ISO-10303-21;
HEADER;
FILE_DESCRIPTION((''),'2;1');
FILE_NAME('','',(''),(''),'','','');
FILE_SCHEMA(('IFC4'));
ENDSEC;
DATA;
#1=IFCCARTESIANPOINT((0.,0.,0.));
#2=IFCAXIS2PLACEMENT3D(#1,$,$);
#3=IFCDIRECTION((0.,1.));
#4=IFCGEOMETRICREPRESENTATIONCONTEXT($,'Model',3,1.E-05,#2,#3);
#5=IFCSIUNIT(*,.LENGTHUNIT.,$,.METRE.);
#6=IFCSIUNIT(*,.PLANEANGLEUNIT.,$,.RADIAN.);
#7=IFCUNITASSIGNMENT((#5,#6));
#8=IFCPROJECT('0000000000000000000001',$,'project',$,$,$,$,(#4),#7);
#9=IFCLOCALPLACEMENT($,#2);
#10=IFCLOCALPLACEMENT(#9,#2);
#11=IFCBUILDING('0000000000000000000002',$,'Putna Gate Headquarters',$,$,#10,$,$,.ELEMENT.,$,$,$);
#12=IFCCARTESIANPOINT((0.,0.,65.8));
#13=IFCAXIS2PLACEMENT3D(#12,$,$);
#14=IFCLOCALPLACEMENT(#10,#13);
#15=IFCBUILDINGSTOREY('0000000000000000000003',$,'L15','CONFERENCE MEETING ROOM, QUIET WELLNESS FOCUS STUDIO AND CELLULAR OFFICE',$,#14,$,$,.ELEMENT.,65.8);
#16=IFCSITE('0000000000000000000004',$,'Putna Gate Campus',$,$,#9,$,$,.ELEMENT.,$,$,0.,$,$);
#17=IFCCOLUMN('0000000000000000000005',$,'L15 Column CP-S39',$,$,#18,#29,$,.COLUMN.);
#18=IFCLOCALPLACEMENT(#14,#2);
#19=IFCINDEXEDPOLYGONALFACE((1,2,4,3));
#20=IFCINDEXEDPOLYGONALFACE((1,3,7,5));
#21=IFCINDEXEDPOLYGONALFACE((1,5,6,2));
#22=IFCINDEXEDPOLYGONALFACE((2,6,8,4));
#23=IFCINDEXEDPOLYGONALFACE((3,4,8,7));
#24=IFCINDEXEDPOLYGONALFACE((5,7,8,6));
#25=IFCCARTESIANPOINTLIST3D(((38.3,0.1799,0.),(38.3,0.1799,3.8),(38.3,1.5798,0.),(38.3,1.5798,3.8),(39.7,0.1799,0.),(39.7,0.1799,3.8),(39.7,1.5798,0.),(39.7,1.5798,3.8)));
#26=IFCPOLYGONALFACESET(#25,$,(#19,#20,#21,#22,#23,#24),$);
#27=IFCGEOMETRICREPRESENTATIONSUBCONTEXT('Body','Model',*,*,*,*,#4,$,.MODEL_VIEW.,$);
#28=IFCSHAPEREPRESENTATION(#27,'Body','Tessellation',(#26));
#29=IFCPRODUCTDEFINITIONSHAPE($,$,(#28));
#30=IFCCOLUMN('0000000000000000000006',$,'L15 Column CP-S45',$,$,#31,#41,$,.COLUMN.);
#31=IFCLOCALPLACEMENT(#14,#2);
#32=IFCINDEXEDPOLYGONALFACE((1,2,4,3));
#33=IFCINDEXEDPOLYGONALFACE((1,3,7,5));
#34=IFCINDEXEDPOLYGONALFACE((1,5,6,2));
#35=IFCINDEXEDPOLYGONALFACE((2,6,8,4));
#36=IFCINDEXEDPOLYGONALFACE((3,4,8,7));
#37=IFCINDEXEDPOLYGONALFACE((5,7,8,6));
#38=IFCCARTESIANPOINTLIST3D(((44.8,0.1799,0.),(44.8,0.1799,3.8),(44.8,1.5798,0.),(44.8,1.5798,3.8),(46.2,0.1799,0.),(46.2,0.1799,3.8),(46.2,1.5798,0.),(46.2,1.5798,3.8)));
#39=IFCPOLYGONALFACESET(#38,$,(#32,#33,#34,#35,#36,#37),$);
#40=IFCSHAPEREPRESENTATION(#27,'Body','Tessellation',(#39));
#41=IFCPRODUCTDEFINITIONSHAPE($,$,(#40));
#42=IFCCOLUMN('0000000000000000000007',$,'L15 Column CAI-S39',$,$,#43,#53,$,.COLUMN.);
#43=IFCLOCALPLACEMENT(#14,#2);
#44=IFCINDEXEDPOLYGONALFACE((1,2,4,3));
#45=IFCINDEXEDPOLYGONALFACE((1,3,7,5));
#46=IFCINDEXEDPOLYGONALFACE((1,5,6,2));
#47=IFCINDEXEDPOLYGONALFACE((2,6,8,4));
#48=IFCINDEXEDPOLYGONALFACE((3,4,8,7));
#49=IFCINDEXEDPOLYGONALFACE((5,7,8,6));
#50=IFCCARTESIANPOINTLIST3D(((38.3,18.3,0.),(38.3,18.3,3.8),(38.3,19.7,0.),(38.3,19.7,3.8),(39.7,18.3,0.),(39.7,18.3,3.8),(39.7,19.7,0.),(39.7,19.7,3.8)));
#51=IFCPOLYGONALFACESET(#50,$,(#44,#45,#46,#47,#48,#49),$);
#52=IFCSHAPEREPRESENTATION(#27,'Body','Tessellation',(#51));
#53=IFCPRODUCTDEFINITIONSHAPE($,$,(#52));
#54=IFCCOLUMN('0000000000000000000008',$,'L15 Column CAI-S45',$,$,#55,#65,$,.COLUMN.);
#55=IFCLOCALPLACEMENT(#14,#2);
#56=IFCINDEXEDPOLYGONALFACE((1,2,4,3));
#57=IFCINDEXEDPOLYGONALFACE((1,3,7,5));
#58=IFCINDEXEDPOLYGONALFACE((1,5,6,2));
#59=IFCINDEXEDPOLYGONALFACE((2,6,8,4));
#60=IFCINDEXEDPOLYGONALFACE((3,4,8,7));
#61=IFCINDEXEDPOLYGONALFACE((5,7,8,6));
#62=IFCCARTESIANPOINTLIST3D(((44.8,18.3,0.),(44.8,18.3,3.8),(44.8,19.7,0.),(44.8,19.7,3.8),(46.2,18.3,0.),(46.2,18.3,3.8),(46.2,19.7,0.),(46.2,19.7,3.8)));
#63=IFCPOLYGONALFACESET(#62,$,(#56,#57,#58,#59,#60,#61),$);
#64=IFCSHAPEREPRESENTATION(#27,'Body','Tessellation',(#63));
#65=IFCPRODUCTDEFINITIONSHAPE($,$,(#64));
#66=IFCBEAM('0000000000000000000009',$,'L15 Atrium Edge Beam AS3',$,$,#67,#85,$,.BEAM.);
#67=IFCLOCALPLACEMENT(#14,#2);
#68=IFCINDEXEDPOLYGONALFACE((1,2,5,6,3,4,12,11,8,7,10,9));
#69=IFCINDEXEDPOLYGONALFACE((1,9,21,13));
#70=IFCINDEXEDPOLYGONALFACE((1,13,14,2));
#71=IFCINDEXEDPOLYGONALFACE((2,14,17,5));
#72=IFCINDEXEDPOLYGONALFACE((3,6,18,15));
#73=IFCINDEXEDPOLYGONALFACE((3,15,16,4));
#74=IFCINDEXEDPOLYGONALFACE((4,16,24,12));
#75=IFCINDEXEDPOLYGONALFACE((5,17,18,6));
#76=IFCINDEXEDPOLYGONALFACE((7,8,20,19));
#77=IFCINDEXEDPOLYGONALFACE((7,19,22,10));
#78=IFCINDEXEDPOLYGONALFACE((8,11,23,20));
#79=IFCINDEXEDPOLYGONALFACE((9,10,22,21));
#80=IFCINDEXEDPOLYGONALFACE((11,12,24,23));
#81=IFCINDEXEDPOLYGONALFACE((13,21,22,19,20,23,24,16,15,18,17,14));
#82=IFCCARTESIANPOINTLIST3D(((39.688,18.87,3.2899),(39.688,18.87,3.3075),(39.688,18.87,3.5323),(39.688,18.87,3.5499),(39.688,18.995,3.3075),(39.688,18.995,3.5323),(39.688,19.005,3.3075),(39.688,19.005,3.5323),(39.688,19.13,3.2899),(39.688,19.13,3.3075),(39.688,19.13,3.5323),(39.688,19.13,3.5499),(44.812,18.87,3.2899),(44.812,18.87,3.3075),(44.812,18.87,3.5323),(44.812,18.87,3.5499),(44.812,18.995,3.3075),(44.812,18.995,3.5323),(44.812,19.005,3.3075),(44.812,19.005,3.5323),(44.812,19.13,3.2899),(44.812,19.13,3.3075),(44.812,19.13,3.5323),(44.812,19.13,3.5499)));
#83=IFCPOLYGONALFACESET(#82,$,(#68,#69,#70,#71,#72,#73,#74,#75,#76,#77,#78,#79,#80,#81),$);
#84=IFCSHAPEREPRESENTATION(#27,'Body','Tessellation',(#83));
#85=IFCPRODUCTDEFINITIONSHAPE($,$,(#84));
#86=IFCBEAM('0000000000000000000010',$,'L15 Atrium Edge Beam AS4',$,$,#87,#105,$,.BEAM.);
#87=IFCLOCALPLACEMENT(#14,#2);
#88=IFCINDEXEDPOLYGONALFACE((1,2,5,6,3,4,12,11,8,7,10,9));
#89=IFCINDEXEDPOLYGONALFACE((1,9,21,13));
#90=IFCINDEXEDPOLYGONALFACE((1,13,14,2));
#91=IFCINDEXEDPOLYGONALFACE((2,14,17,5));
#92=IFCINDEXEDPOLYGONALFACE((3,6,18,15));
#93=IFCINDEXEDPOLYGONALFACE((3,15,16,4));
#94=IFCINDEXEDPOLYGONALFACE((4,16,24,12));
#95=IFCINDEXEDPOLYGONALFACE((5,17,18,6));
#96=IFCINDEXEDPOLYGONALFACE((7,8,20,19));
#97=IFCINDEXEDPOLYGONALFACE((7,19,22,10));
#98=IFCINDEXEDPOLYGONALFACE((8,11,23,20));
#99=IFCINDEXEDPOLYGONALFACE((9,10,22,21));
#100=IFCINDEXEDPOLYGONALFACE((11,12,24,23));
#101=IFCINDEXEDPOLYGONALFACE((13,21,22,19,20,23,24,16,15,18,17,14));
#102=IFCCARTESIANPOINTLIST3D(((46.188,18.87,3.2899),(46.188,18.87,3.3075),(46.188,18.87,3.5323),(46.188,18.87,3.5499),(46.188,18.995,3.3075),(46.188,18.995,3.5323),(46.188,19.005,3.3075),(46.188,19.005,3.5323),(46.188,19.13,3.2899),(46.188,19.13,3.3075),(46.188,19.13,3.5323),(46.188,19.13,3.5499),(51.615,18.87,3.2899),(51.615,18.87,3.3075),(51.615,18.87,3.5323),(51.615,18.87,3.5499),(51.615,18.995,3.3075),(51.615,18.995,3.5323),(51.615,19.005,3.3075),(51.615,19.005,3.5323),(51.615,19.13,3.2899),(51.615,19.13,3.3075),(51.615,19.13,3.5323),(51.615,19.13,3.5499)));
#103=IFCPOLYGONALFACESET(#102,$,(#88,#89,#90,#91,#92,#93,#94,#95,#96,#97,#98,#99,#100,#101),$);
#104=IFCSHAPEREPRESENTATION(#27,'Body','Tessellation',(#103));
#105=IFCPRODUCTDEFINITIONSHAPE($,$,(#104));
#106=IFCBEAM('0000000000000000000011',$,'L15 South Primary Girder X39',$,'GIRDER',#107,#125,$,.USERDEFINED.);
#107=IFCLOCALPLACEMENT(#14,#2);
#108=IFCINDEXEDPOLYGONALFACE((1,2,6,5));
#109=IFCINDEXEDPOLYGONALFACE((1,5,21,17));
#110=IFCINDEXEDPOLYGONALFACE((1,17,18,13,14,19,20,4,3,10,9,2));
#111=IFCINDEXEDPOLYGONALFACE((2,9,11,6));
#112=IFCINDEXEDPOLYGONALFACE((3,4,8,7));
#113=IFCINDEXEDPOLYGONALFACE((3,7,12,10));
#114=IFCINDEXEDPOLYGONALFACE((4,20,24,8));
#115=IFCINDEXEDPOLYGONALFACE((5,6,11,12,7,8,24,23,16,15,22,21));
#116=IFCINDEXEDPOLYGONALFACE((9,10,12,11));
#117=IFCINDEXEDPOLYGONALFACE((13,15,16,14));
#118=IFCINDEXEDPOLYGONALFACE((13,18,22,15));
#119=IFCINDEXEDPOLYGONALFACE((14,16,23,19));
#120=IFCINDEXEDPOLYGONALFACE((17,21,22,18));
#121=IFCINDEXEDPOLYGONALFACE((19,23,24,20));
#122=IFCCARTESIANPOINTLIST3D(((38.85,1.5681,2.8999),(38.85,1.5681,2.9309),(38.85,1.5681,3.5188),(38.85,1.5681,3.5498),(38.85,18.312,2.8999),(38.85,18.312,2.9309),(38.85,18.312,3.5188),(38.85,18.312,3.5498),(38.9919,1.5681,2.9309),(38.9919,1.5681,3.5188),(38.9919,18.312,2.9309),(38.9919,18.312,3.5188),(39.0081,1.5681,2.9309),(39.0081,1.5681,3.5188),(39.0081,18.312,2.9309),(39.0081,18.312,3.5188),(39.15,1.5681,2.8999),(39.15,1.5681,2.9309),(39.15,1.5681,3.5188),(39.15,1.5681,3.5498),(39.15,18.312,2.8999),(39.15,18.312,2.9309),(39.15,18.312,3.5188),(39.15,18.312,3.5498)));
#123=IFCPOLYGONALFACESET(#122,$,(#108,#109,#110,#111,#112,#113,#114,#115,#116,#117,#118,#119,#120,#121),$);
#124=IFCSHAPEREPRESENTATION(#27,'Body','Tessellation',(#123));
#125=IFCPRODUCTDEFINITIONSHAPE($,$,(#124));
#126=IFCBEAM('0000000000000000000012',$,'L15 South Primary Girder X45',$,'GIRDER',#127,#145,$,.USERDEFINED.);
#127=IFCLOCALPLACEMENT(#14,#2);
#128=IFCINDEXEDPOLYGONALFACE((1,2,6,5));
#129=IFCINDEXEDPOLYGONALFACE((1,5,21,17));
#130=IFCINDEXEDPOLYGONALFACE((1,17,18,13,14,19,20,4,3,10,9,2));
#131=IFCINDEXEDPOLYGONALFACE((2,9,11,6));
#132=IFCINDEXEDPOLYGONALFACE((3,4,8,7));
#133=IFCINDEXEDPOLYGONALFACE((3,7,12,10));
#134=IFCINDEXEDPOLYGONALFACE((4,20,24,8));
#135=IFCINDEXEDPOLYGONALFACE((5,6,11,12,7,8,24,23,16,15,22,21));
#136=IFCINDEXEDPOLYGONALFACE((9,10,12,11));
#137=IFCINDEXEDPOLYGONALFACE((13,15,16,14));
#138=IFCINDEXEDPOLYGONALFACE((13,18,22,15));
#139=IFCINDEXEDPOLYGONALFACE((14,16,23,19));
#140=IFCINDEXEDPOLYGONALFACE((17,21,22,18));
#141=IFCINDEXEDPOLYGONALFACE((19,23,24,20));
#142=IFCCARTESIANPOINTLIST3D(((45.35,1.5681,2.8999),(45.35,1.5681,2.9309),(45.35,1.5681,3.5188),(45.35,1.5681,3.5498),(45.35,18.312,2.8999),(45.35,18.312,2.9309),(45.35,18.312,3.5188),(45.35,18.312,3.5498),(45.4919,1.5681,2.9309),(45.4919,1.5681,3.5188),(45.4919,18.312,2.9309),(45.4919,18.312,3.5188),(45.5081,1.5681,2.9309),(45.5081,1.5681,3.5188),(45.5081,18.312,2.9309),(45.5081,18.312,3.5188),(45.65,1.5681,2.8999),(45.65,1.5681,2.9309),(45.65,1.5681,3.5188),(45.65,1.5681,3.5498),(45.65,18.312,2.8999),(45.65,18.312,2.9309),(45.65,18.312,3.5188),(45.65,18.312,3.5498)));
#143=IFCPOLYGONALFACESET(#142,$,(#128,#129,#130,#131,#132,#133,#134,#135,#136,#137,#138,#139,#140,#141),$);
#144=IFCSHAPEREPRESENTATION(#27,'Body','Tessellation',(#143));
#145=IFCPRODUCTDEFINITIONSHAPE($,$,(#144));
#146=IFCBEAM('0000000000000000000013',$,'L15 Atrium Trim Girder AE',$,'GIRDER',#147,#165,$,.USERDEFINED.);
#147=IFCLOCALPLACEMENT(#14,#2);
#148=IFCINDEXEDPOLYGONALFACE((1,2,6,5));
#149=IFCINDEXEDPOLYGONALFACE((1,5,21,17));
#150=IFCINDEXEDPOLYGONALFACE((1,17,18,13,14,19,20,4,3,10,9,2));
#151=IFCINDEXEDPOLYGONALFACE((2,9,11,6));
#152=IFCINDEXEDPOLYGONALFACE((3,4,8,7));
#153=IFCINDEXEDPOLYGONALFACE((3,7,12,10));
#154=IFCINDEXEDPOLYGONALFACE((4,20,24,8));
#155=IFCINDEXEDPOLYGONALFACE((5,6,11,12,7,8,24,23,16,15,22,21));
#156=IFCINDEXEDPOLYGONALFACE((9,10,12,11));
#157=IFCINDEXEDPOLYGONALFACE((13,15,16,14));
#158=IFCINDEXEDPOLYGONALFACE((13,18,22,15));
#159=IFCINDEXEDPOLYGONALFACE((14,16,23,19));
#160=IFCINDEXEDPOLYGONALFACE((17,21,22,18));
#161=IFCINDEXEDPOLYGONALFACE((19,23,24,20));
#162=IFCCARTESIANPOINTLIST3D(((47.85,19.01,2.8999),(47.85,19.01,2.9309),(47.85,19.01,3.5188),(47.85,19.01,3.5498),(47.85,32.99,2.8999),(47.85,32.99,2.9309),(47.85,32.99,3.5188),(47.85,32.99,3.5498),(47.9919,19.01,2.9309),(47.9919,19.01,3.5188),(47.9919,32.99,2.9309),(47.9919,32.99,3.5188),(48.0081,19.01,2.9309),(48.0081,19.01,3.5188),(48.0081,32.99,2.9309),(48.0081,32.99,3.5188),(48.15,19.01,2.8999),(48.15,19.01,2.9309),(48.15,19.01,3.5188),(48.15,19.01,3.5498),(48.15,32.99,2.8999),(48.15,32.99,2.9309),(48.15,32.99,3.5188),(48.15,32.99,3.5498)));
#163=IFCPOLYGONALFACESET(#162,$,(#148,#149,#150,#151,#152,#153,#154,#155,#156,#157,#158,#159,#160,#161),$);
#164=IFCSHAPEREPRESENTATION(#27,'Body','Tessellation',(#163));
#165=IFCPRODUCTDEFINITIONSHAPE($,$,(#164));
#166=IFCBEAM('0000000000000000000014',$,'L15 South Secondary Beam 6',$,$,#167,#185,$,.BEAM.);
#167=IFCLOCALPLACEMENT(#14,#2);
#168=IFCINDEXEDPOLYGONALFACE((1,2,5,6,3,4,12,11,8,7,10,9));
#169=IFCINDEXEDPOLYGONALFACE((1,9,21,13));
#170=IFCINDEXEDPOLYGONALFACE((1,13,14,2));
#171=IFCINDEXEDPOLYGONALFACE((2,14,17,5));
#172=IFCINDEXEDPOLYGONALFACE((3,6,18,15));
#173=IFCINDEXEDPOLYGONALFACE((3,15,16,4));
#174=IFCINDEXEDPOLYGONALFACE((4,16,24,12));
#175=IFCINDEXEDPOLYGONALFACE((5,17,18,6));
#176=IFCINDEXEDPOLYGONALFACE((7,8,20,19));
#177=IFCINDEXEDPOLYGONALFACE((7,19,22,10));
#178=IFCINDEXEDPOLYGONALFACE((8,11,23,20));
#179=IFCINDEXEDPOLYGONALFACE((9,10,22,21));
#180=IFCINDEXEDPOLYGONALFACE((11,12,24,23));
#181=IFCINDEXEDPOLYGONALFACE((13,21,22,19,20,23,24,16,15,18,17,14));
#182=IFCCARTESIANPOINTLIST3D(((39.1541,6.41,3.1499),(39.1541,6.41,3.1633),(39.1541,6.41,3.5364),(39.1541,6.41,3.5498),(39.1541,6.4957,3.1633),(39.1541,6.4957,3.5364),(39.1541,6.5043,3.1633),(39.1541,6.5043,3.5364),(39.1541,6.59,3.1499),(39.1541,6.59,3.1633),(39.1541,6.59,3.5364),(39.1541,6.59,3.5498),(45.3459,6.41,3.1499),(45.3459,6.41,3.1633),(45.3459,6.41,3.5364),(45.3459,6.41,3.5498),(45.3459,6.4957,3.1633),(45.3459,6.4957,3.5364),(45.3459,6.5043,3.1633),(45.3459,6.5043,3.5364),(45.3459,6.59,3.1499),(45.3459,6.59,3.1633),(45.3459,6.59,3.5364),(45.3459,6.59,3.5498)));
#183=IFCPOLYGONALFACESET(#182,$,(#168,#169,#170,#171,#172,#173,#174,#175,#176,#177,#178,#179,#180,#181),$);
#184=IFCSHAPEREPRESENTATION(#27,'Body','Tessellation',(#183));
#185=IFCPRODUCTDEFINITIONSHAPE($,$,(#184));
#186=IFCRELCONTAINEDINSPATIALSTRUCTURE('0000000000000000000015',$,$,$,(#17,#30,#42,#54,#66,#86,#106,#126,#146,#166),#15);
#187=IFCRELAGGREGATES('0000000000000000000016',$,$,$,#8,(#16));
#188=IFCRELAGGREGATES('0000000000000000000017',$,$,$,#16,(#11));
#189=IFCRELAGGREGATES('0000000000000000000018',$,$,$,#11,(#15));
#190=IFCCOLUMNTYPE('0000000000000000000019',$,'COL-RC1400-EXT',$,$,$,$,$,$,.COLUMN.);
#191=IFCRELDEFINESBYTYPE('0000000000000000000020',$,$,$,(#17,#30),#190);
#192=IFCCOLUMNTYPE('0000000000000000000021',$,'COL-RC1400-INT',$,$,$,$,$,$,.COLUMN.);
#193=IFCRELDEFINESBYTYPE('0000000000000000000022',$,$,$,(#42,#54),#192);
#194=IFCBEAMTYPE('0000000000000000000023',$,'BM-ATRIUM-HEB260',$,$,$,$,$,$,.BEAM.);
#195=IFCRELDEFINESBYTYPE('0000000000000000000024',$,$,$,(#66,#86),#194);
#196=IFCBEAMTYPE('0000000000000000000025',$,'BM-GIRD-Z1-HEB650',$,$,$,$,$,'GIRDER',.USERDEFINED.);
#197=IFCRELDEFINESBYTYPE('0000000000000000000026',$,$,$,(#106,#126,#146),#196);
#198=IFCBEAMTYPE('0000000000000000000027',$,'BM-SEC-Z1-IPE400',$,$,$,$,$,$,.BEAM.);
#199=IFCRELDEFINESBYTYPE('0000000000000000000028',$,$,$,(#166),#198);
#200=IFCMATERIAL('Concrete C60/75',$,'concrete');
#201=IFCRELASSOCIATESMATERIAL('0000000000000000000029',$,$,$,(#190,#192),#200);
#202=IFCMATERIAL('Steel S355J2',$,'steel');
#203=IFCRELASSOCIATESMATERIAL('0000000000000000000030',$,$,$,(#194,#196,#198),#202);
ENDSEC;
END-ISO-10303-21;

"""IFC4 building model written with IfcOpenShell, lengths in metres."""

from ifc_helpers import new_model, si_unit, direction, frame, origin, origin_2d, place, context, subcontext, project, spatial, rectangle, i_section, extrude, material, material_profile, profile_set, type_object, element, save


model = new_model("IFC4")

# Units and contexts
model_context = context("Model", 3, precision=1e-05, world=origin(), true_north=direction((0.0, 1.0)))
body_context = subcontext(model_context, "Body", "Model", "MODEL_VIEW")
ifc_project = project(units=[si_unit("LENGTHUNIT", "METRE"), si_unit("PLANEANGLEUNIT", "RADIAN")], contexts=[model_context])

# Site, building, storey
site_placement = place(None, origin())
site = spatial("IfcSite", under=ifc_project, at=site_placement, Name="Putna Gate Campus", CompositionType="ELEMENT", RefElevation=0.0)
building_placement = place(site_placement, origin())
building = spatial("IfcBuilding", under=site, at=building_placement, Name="Putna Gate Headquarters", CompositionType="ELEMENT")
storey_placement = place(building_placement, frame((0.0, 0.0, 65.8)))
storey = spatial("IfcBuildingStorey", under=building, at=storey_placement, Name="L15", Description="CONFERENCE MEETING ROOM, QUIET WELLNESS FOCUS STUDIO AND CELLULAR OFFICE", CompositionType="ELEMENT", Elevation=65.8)

# Columns
ifc_material_1 = material(Name="Concrete C60/75", Category="concrete")
ifc_material_profile_1 = material_profile(ifc_material_1, rectangle(XDim=1.3999, YDim=1.3999, at=origin_2d()), Name="Concrete C60/75")
ifc_profile_set_1 = profile_set([ifc_material_profile_1], Name="Concrete C60/75")
column_type_1 = type_object("IfcColumnType", Name="COL-RC1400-EXT", PredefinedType="COLUMN", material=ifc_profile_set_1)
for number, where, z_axis, x_axis, name in (
    (1, (39.0, 0.8799, 0.0), (0.0, 0.0, 1.0), (1.0, 0.0, 0.0), "L15 Column CP-S39"),
    (2, (45.5, 0.8799, 0.0), (0.0, 0.0, 1.0), (1.0, 0.0, 0.0), "L15 Column CP-S45"),
):
    element("IfcColumn", number, at=place(storey_placement, frame(where, z_axis=z_axis, x_axis=x_axis)), inside=storey, type_object=column_type_1, Name=name, PredefinedType="COLUMN", context=body_context, shape_type="SweptSolid", body=[
        extrude(rectangle(XDim=1.3999, YDim=1.3999, at=origin_2d()), origin(), (0.0, 0.0, 1.0), 3.8),
    ])
ifc_material_profile_2 = material_profile(ifc_material_1, rectangle(XDim=1.3999, YDim=1.3999, at=origin_2d()), Name="Concrete C60/75")
ifc_profile_set_2 = profile_set([ifc_material_profile_2], Name="Concrete C60/75")
column_type_2 = type_object("IfcColumnType", Name="COL-RC1400-INT", PredefinedType="COLUMN", material=ifc_profile_set_2)
for number, where, z_axis, x_axis, name in (
    (3, (39.0, 19.0, 0.0), (0.0, 0.0, 1.0), (1.0, 0.0, 0.0), "L15 Column CAI-S39"),
    (4, (45.5, 19.0, 0.0), (0.0, 0.0, 1.0), (1.0, 0.0, 0.0), "L15 Column CAI-S45"),
):
    element("IfcColumn", number, at=place(storey_placement, frame(where, z_axis=z_axis, x_axis=x_axis)), inside=storey, type_object=column_type_2, Name=name, PredefinedType="COLUMN", context=body_context, shape_type="SweptSolid", body=[
        extrude(rectangle(XDim=1.3999, YDim=1.3999, at=origin_2d()), origin(), (0.0, 0.0, 1.0), 3.8),
    ])

# Beams
ifc_material_2 = material(Name="Steel S355J2", Category="steel")
ifc_material_profile_3 = material_profile(ifc_material_2, i_section(OverallWidth=0.26, OverallDepth=0.26, WebThickness=0.01, FlangeThickness=0.0176, at=origin_2d()), Name="Steel S355J2")
ifc_profile_set_3 = profile_set([ifc_material_profile_3], Name="Steel S355J2")
beam_type_1 = type_object("IfcBeamType", Name="BM-ATRIUM-HEB260", PredefinedType="BEAM", material=ifc_profile_set_3)
beam_1_placement = place(storey_placement, frame((39.688, 19.0, 3.4199), z_axis=(1.0, 0.0, 0.0), x_axis=(0.0, 1.0, 0.0)))
element("IfcBeam", 5, at=beam_1_placement, inside=storey, type_object=beam_type_1, Name="L15 Atrium Edge Beam AS3", PredefinedType="BEAM", context=body_context, shape_type="SweptSolid", body=[
    extrude(i_section(OverallWidth=0.26, OverallDepth=0.26, WebThickness=0.01, FlangeThickness=0.0176, at=origin_2d()), origin(), (0.0, 0.0, 1.0), 5.124),
])
beam_2_placement = place(storey_placement, frame((46.188, 19.0, 3.4199), z_axis=(1.0, 0.0, 0.0), x_axis=(0.0, 1.0, 0.0)))
element("IfcBeam", 6, at=beam_2_placement, inside=storey, type_object=beam_type_1, Name="L15 Atrium Edge Beam AS4", PredefinedType="BEAM", context=body_context, shape_type="SweptSolid", body=[
    extrude(i_section(OverallWidth=0.26, OverallDepth=0.26, WebThickness=0.01, FlangeThickness=0.0176, at=origin_2d()), origin(), (0.0, 0.0, 1.0), 5.427),
])
ifc_material_profile_4 = material_profile(ifc_material_2, i_section(OverallWidth=0.3, OverallDepth=0.6499, WebThickness=0.0161, FlangeThickness=0.031, at=origin_2d()), Name="Steel S355J2")
ifc_profile_set_4 = profile_set([ifc_material_profile_4], Name="Steel S355J2")
beam_type_2 = type_object("IfcBeamType", Name="BM-GIRD-Z1-HEB650", ElementType="GIRDER", PredefinedType="USERDEFINED", material=ifc_profile_set_4)
for number, where, z_axis, x_axis, name in (
    (7, (39.0, 1.5681, 3.2249), (0.0, 1.0, 0.0), (-1.0, 0.0, 0.0), "L15 South Primary Girder X39"),
    (8, (45.5, 1.5681, 3.2249), (0.0, 1.0, 0.0), (-1.0, 0.0, 0.0), "L15 South Primary Girder X45"),
):
    element("IfcBeam", number, at=place(storey_placement, frame(where, z_axis=z_axis, x_axis=x_axis)), inside=storey, type_object=beam_type_2, Name=name, ObjectType="GIRDER", PredefinedType="USERDEFINED", context=body_context, shape_type="SweptSolid", body=[
        extrude(i_section(OverallWidth=0.3, OverallDepth=0.6499, WebThickness=0.0161, FlangeThickness=0.031, at=origin_2d()), origin(), (0.0, 0.0, 1.0), 16.7439),
    ])
beam_3_placement = place(storey_placement, frame((48.0, 19.01, 3.2249), z_axis=(0.0, 1.0, 0.0), x_axis=(-1.0, 0.0, 0.0)))
element("IfcBeam", 9, at=beam_3_placement, inside=storey, type_object=beam_type_2, Name="L15 Atrium Trim Girder AE", ObjectType="GIRDER", PredefinedType="USERDEFINED", context=body_context, shape_type="SweptSolid", body=[
    extrude(i_section(OverallWidth=0.3, OverallDepth=0.6499, WebThickness=0.0161, FlangeThickness=0.031, at=origin_2d()), origin(), (0.0, 0.0, 1.0), 13.98),
])
ifc_material_profile_5 = material_profile(ifc_material_2, i_section(OverallWidth=0.1799, OverallDepth=0.3999, WebThickness=0.0085, FlangeThickness=0.0134, at=origin_2d()), Name="Steel S355J2")
ifc_profile_set_5 = profile_set([ifc_material_profile_5], Name="Steel S355J2")
beam_type_3 = type_object("IfcBeamType", Name="BM-SEC-Z1-IPE400", PredefinedType="BEAM", material=ifc_profile_set_5)
for number, where, z_axis, x_axis, name in (
    (10, (39.1541, 6.5, 3.3499), (1.0, 0.0, 0.0), (0.0, 1.0, 0.0), "L15 South Secondary Beam 6"),
):
    element("IfcBeam", number, at=place(storey_placement, frame(where, z_axis=z_axis, x_axis=x_axis)), inside=storey, type_object=beam_type_3, Name=name, PredefinedType="BEAM", context=body_context, shape_type="SweptSolid", body=[
        extrude(i_section(OverallWidth=0.1799, OverallDepth=0.3999, WebThickness=0.0085, FlangeThickness=0.0134, at=origin_2d()), origin(), (0.0, 0.0, 1.0), 6.1919),
    ])

save(model, "model.ifc")
